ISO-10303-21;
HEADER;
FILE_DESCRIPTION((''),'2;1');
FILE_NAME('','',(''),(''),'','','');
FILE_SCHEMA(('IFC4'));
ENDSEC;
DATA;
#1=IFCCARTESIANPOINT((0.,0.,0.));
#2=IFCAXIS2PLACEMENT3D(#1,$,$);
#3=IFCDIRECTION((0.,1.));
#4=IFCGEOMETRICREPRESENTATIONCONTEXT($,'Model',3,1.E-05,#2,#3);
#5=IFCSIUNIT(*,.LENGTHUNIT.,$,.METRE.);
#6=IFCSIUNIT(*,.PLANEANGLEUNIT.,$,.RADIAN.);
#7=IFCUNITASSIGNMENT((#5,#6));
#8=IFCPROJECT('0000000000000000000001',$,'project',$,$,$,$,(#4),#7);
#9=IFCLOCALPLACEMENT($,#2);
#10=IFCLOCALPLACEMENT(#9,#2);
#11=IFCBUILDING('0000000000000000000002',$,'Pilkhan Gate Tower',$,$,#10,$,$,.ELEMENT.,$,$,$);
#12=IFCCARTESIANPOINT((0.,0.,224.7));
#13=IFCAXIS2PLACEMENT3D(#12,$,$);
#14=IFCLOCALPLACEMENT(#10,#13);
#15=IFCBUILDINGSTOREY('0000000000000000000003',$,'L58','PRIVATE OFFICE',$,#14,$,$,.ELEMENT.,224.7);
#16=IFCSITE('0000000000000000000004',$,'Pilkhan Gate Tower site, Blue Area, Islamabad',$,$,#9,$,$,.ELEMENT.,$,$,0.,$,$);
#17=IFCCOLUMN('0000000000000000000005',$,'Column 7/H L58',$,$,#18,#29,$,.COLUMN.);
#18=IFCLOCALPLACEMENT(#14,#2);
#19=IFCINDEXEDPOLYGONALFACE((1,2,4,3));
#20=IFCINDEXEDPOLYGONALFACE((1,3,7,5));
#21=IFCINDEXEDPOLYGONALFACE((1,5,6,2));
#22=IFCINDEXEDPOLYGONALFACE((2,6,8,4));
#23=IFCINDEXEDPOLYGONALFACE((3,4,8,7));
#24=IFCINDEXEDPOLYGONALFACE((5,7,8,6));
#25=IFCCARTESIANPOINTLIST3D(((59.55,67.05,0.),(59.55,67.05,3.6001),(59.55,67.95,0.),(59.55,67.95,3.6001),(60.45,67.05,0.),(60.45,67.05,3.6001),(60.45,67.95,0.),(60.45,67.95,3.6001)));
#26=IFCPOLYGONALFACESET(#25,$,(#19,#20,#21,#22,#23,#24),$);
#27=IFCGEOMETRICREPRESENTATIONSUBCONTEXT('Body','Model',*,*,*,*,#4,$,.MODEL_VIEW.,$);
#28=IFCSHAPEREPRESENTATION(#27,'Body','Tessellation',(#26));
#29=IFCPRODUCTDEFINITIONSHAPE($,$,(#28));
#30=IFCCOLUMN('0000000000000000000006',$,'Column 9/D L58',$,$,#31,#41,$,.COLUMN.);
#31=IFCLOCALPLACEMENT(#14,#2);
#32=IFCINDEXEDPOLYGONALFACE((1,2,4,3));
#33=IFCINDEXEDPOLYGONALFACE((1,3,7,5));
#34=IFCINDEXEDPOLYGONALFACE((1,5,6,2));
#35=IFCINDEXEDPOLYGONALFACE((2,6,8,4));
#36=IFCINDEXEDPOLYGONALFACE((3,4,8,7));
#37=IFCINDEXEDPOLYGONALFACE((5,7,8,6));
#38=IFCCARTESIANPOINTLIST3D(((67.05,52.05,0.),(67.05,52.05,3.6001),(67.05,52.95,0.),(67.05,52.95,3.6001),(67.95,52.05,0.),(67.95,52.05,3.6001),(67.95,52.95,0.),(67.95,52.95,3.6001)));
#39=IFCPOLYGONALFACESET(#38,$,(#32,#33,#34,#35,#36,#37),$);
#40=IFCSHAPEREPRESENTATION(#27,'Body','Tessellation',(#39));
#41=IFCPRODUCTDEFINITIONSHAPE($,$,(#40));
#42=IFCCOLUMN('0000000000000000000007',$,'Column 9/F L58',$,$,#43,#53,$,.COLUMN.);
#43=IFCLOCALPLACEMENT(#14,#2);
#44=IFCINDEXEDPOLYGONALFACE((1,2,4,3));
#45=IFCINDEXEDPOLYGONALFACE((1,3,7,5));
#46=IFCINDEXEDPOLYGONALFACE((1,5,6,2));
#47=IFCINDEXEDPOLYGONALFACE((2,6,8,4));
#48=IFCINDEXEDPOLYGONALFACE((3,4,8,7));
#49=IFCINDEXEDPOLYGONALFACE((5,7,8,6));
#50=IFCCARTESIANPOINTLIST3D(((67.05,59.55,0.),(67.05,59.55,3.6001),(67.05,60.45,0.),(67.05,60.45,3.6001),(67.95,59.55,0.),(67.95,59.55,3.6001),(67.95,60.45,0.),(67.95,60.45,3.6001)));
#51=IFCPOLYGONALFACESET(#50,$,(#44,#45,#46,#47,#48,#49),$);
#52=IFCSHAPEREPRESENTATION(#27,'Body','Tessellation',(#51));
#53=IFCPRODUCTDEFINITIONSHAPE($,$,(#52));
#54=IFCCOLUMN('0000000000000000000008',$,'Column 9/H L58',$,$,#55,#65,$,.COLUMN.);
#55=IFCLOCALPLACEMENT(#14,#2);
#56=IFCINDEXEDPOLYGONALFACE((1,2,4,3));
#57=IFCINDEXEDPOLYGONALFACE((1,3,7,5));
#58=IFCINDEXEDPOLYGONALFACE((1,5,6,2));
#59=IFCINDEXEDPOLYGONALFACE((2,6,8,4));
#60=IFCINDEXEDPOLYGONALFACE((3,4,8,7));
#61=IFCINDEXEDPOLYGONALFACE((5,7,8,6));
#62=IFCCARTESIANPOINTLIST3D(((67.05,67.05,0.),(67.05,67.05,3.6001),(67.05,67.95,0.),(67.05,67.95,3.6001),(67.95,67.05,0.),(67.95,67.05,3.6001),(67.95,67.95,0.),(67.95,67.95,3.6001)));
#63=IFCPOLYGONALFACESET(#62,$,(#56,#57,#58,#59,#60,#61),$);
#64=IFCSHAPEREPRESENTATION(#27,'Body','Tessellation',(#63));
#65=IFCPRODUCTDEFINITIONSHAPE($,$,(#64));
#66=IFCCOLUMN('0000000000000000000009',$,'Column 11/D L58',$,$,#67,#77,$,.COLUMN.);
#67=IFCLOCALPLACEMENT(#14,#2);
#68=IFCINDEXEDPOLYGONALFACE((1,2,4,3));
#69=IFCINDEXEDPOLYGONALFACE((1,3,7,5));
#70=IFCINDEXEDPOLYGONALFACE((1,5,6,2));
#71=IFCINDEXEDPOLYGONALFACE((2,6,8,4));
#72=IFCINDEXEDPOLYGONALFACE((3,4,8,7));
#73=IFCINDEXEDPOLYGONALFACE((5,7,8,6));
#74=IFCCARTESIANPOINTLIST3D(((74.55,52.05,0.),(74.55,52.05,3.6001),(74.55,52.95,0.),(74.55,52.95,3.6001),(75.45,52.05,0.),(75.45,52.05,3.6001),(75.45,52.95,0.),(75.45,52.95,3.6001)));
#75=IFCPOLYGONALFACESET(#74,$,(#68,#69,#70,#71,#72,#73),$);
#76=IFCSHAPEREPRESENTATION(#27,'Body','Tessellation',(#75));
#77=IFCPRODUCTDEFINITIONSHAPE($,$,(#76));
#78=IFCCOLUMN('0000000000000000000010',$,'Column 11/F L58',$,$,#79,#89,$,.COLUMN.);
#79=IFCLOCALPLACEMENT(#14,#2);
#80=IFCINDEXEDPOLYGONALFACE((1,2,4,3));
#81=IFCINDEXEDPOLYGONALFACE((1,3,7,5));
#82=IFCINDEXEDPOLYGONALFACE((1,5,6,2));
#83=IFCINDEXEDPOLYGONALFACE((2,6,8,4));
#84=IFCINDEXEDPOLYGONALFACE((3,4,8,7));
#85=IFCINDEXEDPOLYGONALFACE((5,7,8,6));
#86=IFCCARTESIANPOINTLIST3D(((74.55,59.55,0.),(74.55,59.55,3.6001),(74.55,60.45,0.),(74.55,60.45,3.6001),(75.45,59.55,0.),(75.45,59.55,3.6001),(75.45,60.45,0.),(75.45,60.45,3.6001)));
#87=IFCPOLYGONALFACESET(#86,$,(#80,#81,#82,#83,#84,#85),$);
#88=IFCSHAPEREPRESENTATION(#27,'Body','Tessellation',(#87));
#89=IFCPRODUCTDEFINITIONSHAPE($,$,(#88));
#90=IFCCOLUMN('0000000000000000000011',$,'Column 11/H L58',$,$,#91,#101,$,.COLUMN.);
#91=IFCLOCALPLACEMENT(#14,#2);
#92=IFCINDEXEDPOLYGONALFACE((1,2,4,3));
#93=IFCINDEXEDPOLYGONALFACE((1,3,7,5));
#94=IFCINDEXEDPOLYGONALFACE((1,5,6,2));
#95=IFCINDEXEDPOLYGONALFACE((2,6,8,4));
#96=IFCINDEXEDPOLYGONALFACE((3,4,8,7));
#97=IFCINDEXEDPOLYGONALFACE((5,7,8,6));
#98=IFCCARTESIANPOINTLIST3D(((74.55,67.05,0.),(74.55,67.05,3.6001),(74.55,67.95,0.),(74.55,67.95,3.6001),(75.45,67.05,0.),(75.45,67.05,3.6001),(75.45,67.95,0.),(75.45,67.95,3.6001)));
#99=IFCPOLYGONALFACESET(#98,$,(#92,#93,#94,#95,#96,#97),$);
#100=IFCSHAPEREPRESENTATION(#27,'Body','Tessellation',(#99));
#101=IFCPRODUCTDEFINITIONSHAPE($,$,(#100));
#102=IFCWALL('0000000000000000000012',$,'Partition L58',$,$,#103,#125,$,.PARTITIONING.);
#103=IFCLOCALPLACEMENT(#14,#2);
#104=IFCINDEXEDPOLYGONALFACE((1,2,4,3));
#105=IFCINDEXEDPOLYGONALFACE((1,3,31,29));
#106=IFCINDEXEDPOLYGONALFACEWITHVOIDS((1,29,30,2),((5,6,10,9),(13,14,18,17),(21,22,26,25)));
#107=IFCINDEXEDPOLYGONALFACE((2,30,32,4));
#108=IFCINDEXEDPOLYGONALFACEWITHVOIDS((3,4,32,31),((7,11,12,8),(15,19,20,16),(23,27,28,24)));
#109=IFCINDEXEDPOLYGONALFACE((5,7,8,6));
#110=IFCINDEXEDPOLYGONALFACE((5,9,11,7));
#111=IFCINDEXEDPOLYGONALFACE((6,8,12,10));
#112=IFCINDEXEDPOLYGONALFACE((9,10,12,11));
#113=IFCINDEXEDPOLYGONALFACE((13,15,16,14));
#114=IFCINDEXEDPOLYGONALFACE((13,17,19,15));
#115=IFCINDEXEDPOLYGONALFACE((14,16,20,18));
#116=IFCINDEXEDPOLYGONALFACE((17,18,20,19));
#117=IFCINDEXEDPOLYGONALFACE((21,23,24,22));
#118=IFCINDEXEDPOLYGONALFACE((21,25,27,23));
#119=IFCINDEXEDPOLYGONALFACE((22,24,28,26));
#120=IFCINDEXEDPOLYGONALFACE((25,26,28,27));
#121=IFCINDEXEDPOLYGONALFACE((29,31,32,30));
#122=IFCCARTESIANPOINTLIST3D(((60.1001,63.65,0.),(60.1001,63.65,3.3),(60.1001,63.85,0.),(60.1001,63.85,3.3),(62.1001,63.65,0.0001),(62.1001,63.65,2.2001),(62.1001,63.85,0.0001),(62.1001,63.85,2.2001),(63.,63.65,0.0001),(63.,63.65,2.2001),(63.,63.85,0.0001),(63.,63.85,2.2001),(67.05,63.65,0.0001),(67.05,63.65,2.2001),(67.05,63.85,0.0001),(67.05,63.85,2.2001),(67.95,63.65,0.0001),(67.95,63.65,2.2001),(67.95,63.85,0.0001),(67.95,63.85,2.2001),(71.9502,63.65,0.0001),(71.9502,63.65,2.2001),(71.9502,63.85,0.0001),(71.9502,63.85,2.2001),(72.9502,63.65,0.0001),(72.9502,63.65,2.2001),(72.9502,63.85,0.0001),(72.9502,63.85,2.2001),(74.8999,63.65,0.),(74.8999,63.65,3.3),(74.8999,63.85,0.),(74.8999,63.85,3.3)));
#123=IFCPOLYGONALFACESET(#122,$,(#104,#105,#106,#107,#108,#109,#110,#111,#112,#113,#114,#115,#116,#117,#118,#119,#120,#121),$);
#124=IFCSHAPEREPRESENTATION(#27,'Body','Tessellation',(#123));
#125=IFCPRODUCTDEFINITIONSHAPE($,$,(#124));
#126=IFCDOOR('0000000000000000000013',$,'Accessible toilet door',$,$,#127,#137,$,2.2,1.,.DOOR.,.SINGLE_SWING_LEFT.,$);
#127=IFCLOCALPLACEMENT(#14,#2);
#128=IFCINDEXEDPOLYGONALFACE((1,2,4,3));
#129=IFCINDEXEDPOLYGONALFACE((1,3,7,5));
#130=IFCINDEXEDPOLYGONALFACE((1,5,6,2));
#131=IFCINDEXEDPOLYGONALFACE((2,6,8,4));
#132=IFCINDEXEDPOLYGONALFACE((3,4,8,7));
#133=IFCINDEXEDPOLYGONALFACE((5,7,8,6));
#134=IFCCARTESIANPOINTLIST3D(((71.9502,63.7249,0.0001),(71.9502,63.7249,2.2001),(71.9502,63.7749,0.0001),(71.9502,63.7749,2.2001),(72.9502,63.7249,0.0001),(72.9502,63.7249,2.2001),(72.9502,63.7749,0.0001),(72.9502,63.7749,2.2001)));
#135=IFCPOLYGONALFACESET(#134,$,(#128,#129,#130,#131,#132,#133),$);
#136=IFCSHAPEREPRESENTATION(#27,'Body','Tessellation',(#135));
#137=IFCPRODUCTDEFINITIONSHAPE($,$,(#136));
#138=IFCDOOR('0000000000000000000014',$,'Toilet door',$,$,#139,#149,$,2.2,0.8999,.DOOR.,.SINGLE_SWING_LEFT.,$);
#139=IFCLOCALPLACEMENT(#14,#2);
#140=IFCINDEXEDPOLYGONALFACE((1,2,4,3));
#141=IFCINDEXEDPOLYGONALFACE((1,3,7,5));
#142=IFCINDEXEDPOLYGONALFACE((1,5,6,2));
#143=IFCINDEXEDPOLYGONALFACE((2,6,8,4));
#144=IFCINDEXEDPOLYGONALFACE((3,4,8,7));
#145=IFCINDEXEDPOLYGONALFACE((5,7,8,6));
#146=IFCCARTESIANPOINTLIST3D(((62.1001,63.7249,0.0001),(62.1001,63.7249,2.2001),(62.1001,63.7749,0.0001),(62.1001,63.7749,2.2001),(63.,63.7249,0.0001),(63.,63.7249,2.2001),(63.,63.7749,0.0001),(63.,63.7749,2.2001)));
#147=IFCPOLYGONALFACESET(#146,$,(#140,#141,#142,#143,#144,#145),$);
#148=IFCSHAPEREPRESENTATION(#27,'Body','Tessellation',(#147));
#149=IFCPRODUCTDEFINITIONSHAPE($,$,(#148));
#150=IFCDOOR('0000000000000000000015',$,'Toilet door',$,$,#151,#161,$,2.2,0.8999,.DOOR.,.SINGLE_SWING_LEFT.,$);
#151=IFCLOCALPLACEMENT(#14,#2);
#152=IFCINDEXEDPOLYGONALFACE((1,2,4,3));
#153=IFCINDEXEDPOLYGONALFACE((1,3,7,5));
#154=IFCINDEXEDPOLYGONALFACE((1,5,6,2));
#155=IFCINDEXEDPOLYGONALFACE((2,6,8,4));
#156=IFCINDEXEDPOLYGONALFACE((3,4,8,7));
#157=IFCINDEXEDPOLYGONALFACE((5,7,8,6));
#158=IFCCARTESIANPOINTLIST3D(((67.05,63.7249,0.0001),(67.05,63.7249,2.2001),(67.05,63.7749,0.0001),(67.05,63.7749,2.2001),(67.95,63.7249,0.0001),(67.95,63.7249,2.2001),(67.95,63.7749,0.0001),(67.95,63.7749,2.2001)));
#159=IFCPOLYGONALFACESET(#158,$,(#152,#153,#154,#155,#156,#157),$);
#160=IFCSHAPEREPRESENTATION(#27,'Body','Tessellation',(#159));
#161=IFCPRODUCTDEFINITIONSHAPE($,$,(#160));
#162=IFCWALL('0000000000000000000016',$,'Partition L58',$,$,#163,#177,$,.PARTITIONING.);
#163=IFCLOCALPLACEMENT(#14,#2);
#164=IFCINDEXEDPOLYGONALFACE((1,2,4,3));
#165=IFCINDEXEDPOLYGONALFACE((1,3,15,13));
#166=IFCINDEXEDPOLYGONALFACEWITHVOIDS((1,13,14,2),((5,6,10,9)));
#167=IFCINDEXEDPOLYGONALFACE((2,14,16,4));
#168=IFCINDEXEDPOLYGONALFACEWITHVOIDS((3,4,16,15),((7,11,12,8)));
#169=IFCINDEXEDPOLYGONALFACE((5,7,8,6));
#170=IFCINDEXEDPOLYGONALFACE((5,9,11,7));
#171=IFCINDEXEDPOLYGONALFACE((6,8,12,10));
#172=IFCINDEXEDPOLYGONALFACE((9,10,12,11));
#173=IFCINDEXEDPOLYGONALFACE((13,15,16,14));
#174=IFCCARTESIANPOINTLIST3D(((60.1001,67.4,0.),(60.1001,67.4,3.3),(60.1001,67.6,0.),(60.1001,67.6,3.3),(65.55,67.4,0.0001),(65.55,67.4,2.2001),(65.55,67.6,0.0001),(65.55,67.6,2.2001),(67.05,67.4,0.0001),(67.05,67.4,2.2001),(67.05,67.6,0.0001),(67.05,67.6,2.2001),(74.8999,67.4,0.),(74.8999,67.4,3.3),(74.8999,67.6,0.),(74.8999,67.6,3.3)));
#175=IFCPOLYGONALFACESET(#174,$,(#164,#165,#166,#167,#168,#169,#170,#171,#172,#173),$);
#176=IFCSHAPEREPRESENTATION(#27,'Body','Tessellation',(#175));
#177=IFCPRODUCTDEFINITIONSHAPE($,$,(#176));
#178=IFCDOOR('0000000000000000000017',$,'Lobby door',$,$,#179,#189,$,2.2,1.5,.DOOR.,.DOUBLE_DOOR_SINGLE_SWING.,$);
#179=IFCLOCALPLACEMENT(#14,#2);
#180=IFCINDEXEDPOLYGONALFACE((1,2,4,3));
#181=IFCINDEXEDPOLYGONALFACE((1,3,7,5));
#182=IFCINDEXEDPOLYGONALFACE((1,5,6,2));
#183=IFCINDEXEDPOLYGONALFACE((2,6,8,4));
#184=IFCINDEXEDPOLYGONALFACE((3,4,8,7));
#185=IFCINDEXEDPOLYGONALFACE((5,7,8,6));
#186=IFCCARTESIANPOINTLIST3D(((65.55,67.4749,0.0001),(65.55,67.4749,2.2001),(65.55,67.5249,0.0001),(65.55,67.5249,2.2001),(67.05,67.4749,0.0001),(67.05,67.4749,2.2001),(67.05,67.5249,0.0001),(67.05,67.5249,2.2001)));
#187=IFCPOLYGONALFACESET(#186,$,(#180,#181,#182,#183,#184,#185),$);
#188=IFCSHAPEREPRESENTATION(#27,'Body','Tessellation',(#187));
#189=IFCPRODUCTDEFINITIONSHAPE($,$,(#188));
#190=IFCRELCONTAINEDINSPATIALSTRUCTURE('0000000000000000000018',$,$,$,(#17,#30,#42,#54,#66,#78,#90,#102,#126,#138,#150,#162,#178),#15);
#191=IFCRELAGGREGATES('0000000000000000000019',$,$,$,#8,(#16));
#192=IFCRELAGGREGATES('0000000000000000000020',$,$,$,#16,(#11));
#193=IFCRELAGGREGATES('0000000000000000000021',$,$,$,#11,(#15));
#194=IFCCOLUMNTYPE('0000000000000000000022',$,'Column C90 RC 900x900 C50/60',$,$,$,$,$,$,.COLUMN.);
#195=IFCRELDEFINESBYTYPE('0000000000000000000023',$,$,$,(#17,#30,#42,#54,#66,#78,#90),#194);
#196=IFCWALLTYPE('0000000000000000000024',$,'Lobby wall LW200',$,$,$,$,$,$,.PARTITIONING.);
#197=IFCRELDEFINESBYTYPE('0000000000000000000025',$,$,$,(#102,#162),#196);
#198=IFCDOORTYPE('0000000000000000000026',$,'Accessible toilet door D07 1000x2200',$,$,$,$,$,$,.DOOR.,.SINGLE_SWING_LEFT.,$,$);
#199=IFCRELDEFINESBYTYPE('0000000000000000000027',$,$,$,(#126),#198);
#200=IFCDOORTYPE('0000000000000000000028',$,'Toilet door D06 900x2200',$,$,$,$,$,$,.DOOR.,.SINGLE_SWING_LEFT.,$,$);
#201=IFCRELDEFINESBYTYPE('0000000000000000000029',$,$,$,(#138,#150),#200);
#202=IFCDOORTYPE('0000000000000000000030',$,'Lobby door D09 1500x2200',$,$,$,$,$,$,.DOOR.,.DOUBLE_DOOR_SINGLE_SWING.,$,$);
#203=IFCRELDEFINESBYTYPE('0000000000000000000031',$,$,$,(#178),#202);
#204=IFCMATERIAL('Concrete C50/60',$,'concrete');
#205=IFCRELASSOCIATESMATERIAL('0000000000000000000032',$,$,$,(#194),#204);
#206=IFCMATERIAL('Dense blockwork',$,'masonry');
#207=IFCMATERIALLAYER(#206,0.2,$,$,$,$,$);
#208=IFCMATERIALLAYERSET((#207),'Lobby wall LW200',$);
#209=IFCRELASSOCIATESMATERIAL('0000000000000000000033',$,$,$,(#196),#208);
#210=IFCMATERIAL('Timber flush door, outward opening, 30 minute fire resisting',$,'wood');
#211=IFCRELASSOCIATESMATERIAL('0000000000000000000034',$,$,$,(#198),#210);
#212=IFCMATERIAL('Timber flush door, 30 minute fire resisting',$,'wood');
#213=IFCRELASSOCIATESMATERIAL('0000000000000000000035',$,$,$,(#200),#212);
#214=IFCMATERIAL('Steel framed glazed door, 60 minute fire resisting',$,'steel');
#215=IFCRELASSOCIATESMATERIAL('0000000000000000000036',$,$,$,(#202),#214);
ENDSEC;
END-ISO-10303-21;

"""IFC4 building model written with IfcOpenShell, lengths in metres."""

from ifc_helpers import new_model, si_unit, direction, frame, frame_2d, origin, origin_2d, place, context, subcontext, project, spatial, rectangle, extrude, material, layer, layer_set, material_profile, profile_set, type_object, element, fill, save


model = new_model("IFC4")

# Units and contexts
model_context = context("Model", 3, precision=1e-05, world=origin(), true_north=direction((0.0, 1.0)))
body_context = subcontext(model_context, "Body", "Model", "MODEL_VIEW")
ifc_project = project(units=[si_unit("LENGTHUNIT", "METRE"), si_unit("PLANEANGLEUNIT", "RADIAN")], contexts=[model_context])

# Site, building, storey
site_placement = place(None, origin())
site = spatial("IfcSite", under=ifc_project, at=site_placement, Name="Pilkhan Gate Tower site, Blue Area, Islamabad", CompositionType="ELEMENT", RefElevation=0.0)
building_placement = place(site_placement, origin())
building = spatial("IfcBuilding", under=site, at=building_placement, Name="Pilkhan Gate Tower", CompositionType="ELEMENT")
storey_placement = place(building_placement, frame((0.0, 0.0, 224.7)))
storey = spatial("IfcBuildingStorey", under=building, at=storey_placement, Name="L58", Description="PRIVATE OFFICE", CompositionType="ELEMENT", Elevation=224.7)

# Columns
ifc_material_1 = material(Name="Concrete C50/60", Category="concrete")
ifc_material_profile = material_profile(ifc_material_1, rectangle(XDim=0.8999, YDim=0.8999, at=origin_2d()), Name="RC 900x900")
ifc_profile_set = profile_set([ifc_material_profile], Name="Concrete C50/60")
column_type = type_object("IfcColumnType", Name="Column C90 RC 900x900 C50/60", PredefinedType="COLUMN", material=ifc_profile_set)
for number, where, z_axis, x_axis, name in (
    (1, (60.0, 67.5, 0.0), (0.0, 0.0, 1.0), (1.0, 0.0, 0.0), "Column 7/H L58"),
    (2, (67.5, 52.5, 0.0), (0.0, 0.0, 1.0), (1.0, 0.0, 0.0), "Column 9/D L58"),
    (3, (67.5, 60.0, 0.0), (0.0, 0.0, 1.0), (1.0, 0.0, 0.0), "Column 9/F L58"),
    (4, (67.5, 67.5, 0.0), (0.0, 0.0, 1.0), (1.0, 0.0, 0.0), "Column 9/H L58"),
    (5, (75.0, 52.5, 0.0), (0.0, 0.0, 1.0), (1.0, 0.0, 0.0), "Column 11/D L58"),
    (6, (75.0, 60.0, 0.0), (0.0, 0.0, 1.0), (1.0, 0.0, 0.0), "Column 11/F L58"),
    (7, (75.0, 67.5, 0.0), (0.0, 0.0, 1.0), (1.0, 0.0, 0.0), "Column 11/H L58"),
):
    element("IfcColumn", number, at=place(storey_placement, frame(where, z_axis=z_axis, x_axis=x_axis)), inside=storey, type_object=column_type, Name=name, PredefinedType="COLUMN", context=body_context, shape_type="SweptSolid", body=[
        extrude(rectangle(XDim=0.8999, YDim=0.8999, at=origin_2d()), origin(), (0.0, 0.0, 1.0), 3.6001),
    ])

# Wall, openings, doors
ifc_material_2 = material(Name="Dense blockwork", Category="masonry")
ifc_layer_1 = layer(ifc_material_2, 0.2)
ifc_layer_set_1 = layer_set([ifc_layer_1], Name="Lobby wall LW200")
wall_type_1 = type_object("IfcWallType", Name="Lobby wall LW200", PredefinedType="PARTITIONING", material=ifc_layer_set_1)
wall_1_placement = place(storey_placement, frame((60.1001, 63.75, 0.0), z_axis=(0.0, 0.0, 1.0), x_axis=(1.0, 0.0, 0.0)))
wall_1 = element("IfcWall", 8, at=wall_1_placement, inside=storey, type_object=wall_type_1, Name="Partition L58", PredefinedType="PARTITIONING", context=body_context, shape_type="SweptSolid", body=[
    extrude(rectangle(XDim=14.7998, YDim=0.2, at=frame_2d((7.3999, 0.0))), origin(), (0.0, 0.0, 1.0), 3.3),
])
opening_1_placement = place(wall_1_placement, frame((2.0, 0.0, 0.0)))
opening_1 = element("IfcOpeningElement", 9, at=opening_1_placement, cuts=wall_1, PredefinedType="OPENING", context=body_context, shape_type="SweptSolid", body=[
    extrude(rectangle(XDim=0.8999, YDim=2.2, at=frame_2d((0.45, 1.1001))), frame((0.0, 0.1099, 0.0), z_axis=(0.0, -1.0, 0.0), x_axis=(1.0, 0.0, 0.0)), (0.0, 0.0, 1.0), 0.22),
])
opening_2_placement = place(wall_1_placement, frame((6.95, 0.0, 0.0)))
opening_2 = element("IfcOpeningElement", 10, at=opening_2_placement, cuts=wall_1, PredefinedType="OPENING", context=body_context, shape_type="SweptSolid", body=[
    extrude(rectangle(XDim=0.8999, YDim=2.2, at=frame_2d((0.45, 1.1001))), frame((0.0, 0.1099, 0.0), z_axis=(0.0, -1.0, 0.0), x_axis=(1.0, 0.0, 0.0)), (0.0, 0.0, 1.0), 0.22),
])
opening_3_placement = place(wall_1_placement, frame((11.8501, 0.0, 0.0)))
opening_3 = element("IfcOpeningElement", 11, at=opening_3_placement, cuts=wall_1, PredefinedType="OPENING", context=body_context, shape_type="SweptSolid", body=[
    extrude(rectangle(XDim=1.0, YDim=2.2, at=frame_2d((0.5, 1.1001))), frame((0.0, 0.1099, 0.0), z_axis=(0.0, -1.0, 0.0), x_axis=(1.0, 0.0, 0.0)), (0.0, 0.0, 1.0), 0.22),
])
ifc_material_3 = material(Name="Timber flush door, outward opening, 30 minute fire resisting", Category="wood")
door_type_1 = type_object("IfcDoorType", Name="Accessible toilet door D07 1000x2200", OperationType="SINGLE_SWING_LEFT", PredefinedType="DOOR", material=ifc_material_3)
door_1_placement = place(opening_3_placement, origin())
door_1 = element("IfcDoor", 12, at=door_1_placement, inside=storey, type_object=door_type_1, Name="Accessible toilet door", OperationType="SINGLE_SWING_LEFT", OverallHeight=2.2, OverallWidth=1.0, PredefinedType="DOOR", context=body_context, shape_type="SweptSolid", body=[
    extrude(rectangle(XDim=1.0, YDim=2.2, at=frame_2d((0.5, 1.1001))), frame((0.0, 0.0249, 0.0), z_axis=(0.0, -1.0, 0.0), x_axis=(1.0, 0.0, 0.0)), (0.0, 0.0, 1.0), 0.05),
])
fill(opening_3, door_1)
ifc_material_4 = material(Name="Timber flush door, 30 minute fire resisting", Category="wood")
door_type_2 = type_object("IfcDoorType", Name="Toilet door D06 900x2200", OperationType="SINGLE_SWING_LEFT", PredefinedType="DOOR", material=ifc_material_4)
door_2_placement = place(opening_1_placement, origin())
door_2 = element("IfcDoor", 13, at=door_2_placement, inside=storey, type_object=door_type_2, Name="Toilet door", OperationType="SINGLE_SWING_LEFT", OverallHeight=2.2, OverallWidth=0.8999, PredefinedType="DOOR", context=body_context, shape_type="SweptSolid", body=[
    extrude(rectangle(XDim=0.8999, YDim=2.2, at=frame_2d((0.45, 1.1001))), frame((0.0, 0.0249, 0.0), z_axis=(0.0, -1.0, 0.0), x_axis=(1.0, 0.0, 0.0)), (0.0, 0.0, 1.0), 0.05),
])
fill(opening_1, door_2)
door_3_placement = place(opening_2_placement, origin())
door_3 = element("IfcDoor", 14, at=door_3_placement, inside=storey, type_object=door_type_2, Name="Toilet door", OperationType="SINGLE_SWING_LEFT", OverallHeight=2.2, OverallWidth=0.8999, PredefinedType="DOOR", context=body_context, shape_type="SweptSolid", body=[
    extrude(rectangle(XDim=0.8999, YDim=2.2, at=frame_2d((0.45, 1.1001))), frame((0.0, 0.0249, 0.0), z_axis=(0.0, -1.0, 0.0), x_axis=(1.0, 0.0, 0.0)), (0.0, 0.0, 1.0), 0.05),
])
fill(opening_2, door_3)

# Wall, opening, door
wall_2_placement = place(storey_placement, frame((60.1001, 67.5, 0.0), z_axis=(0.0, 0.0, 1.0), x_axis=(1.0, 0.0, 0.0)))
wall_2 = element("IfcWall", 15, at=wall_2_placement, inside=storey, type_object=wall_type_1, Name="Partition L58", PredefinedType="PARTITIONING", context=body_context, shape_type="SweptSolid", body=[
    extrude(rectangle(XDim=14.7998, YDim=0.2, at=frame_2d((7.3999, 0.0))), origin(), (0.0, 0.0, 1.0), 3.3),
])
opening_4_placement = place(wall_2_placement, frame((5.45, 0.0, 0.0)))
opening_4 = element("IfcOpeningElement", 16, at=opening_4_placement, cuts=wall_2, PredefinedType="OPENING", context=body_context, shape_type="SweptSolid", body=[
    extrude(rectangle(XDim=1.5, YDim=2.2, at=frame_2d((0.75, 1.1001))), frame((0.0, 0.1099, 0.0), z_axis=(0.0, -1.0, 0.0), x_axis=(1.0, 0.0, 0.0)), (0.0, 0.0, 1.0), 0.22),
])
ifc_material_5 = material(Name="Steel framed glazed door, 60 minute fire resisting", Category="steel")
door_type_3 = type_object("IfcDoorType", Name="Lobby door D09 1500x2200", OperationType="DOUBLE_DOOR_SINGLE_SWING", PredefinedType="DOOR", material=ifc_material_5)
door_4_placement = place(opening_4_placement, origin())
door_4 = element("IfcDoor", 17, at=door_4_placement, inside=storey, type_object=door_type_3, Name="Lobby door", OperationType="DOUBLE_DOOR_SINGLE_SWING", OverallHeight=2.2, OverallWidth=1.5, PredefinedType="DOOR", context=body_context, shape_type="SweptSolid", body=[
    extrude(rectangle(XDim=1.5, YDim=2.2, at=frame_2d((0.75, 1.1001))), frame((0.0, 0.0249, 0.0), z_axis=(0.0, -1.0, 0.0), x_axis=(1.0, 0.0, 0.0)), (0.0, 0.0, 1.0), 0.05),
])
fill(opening_4, door_4)

save(model, "model.ifc")
